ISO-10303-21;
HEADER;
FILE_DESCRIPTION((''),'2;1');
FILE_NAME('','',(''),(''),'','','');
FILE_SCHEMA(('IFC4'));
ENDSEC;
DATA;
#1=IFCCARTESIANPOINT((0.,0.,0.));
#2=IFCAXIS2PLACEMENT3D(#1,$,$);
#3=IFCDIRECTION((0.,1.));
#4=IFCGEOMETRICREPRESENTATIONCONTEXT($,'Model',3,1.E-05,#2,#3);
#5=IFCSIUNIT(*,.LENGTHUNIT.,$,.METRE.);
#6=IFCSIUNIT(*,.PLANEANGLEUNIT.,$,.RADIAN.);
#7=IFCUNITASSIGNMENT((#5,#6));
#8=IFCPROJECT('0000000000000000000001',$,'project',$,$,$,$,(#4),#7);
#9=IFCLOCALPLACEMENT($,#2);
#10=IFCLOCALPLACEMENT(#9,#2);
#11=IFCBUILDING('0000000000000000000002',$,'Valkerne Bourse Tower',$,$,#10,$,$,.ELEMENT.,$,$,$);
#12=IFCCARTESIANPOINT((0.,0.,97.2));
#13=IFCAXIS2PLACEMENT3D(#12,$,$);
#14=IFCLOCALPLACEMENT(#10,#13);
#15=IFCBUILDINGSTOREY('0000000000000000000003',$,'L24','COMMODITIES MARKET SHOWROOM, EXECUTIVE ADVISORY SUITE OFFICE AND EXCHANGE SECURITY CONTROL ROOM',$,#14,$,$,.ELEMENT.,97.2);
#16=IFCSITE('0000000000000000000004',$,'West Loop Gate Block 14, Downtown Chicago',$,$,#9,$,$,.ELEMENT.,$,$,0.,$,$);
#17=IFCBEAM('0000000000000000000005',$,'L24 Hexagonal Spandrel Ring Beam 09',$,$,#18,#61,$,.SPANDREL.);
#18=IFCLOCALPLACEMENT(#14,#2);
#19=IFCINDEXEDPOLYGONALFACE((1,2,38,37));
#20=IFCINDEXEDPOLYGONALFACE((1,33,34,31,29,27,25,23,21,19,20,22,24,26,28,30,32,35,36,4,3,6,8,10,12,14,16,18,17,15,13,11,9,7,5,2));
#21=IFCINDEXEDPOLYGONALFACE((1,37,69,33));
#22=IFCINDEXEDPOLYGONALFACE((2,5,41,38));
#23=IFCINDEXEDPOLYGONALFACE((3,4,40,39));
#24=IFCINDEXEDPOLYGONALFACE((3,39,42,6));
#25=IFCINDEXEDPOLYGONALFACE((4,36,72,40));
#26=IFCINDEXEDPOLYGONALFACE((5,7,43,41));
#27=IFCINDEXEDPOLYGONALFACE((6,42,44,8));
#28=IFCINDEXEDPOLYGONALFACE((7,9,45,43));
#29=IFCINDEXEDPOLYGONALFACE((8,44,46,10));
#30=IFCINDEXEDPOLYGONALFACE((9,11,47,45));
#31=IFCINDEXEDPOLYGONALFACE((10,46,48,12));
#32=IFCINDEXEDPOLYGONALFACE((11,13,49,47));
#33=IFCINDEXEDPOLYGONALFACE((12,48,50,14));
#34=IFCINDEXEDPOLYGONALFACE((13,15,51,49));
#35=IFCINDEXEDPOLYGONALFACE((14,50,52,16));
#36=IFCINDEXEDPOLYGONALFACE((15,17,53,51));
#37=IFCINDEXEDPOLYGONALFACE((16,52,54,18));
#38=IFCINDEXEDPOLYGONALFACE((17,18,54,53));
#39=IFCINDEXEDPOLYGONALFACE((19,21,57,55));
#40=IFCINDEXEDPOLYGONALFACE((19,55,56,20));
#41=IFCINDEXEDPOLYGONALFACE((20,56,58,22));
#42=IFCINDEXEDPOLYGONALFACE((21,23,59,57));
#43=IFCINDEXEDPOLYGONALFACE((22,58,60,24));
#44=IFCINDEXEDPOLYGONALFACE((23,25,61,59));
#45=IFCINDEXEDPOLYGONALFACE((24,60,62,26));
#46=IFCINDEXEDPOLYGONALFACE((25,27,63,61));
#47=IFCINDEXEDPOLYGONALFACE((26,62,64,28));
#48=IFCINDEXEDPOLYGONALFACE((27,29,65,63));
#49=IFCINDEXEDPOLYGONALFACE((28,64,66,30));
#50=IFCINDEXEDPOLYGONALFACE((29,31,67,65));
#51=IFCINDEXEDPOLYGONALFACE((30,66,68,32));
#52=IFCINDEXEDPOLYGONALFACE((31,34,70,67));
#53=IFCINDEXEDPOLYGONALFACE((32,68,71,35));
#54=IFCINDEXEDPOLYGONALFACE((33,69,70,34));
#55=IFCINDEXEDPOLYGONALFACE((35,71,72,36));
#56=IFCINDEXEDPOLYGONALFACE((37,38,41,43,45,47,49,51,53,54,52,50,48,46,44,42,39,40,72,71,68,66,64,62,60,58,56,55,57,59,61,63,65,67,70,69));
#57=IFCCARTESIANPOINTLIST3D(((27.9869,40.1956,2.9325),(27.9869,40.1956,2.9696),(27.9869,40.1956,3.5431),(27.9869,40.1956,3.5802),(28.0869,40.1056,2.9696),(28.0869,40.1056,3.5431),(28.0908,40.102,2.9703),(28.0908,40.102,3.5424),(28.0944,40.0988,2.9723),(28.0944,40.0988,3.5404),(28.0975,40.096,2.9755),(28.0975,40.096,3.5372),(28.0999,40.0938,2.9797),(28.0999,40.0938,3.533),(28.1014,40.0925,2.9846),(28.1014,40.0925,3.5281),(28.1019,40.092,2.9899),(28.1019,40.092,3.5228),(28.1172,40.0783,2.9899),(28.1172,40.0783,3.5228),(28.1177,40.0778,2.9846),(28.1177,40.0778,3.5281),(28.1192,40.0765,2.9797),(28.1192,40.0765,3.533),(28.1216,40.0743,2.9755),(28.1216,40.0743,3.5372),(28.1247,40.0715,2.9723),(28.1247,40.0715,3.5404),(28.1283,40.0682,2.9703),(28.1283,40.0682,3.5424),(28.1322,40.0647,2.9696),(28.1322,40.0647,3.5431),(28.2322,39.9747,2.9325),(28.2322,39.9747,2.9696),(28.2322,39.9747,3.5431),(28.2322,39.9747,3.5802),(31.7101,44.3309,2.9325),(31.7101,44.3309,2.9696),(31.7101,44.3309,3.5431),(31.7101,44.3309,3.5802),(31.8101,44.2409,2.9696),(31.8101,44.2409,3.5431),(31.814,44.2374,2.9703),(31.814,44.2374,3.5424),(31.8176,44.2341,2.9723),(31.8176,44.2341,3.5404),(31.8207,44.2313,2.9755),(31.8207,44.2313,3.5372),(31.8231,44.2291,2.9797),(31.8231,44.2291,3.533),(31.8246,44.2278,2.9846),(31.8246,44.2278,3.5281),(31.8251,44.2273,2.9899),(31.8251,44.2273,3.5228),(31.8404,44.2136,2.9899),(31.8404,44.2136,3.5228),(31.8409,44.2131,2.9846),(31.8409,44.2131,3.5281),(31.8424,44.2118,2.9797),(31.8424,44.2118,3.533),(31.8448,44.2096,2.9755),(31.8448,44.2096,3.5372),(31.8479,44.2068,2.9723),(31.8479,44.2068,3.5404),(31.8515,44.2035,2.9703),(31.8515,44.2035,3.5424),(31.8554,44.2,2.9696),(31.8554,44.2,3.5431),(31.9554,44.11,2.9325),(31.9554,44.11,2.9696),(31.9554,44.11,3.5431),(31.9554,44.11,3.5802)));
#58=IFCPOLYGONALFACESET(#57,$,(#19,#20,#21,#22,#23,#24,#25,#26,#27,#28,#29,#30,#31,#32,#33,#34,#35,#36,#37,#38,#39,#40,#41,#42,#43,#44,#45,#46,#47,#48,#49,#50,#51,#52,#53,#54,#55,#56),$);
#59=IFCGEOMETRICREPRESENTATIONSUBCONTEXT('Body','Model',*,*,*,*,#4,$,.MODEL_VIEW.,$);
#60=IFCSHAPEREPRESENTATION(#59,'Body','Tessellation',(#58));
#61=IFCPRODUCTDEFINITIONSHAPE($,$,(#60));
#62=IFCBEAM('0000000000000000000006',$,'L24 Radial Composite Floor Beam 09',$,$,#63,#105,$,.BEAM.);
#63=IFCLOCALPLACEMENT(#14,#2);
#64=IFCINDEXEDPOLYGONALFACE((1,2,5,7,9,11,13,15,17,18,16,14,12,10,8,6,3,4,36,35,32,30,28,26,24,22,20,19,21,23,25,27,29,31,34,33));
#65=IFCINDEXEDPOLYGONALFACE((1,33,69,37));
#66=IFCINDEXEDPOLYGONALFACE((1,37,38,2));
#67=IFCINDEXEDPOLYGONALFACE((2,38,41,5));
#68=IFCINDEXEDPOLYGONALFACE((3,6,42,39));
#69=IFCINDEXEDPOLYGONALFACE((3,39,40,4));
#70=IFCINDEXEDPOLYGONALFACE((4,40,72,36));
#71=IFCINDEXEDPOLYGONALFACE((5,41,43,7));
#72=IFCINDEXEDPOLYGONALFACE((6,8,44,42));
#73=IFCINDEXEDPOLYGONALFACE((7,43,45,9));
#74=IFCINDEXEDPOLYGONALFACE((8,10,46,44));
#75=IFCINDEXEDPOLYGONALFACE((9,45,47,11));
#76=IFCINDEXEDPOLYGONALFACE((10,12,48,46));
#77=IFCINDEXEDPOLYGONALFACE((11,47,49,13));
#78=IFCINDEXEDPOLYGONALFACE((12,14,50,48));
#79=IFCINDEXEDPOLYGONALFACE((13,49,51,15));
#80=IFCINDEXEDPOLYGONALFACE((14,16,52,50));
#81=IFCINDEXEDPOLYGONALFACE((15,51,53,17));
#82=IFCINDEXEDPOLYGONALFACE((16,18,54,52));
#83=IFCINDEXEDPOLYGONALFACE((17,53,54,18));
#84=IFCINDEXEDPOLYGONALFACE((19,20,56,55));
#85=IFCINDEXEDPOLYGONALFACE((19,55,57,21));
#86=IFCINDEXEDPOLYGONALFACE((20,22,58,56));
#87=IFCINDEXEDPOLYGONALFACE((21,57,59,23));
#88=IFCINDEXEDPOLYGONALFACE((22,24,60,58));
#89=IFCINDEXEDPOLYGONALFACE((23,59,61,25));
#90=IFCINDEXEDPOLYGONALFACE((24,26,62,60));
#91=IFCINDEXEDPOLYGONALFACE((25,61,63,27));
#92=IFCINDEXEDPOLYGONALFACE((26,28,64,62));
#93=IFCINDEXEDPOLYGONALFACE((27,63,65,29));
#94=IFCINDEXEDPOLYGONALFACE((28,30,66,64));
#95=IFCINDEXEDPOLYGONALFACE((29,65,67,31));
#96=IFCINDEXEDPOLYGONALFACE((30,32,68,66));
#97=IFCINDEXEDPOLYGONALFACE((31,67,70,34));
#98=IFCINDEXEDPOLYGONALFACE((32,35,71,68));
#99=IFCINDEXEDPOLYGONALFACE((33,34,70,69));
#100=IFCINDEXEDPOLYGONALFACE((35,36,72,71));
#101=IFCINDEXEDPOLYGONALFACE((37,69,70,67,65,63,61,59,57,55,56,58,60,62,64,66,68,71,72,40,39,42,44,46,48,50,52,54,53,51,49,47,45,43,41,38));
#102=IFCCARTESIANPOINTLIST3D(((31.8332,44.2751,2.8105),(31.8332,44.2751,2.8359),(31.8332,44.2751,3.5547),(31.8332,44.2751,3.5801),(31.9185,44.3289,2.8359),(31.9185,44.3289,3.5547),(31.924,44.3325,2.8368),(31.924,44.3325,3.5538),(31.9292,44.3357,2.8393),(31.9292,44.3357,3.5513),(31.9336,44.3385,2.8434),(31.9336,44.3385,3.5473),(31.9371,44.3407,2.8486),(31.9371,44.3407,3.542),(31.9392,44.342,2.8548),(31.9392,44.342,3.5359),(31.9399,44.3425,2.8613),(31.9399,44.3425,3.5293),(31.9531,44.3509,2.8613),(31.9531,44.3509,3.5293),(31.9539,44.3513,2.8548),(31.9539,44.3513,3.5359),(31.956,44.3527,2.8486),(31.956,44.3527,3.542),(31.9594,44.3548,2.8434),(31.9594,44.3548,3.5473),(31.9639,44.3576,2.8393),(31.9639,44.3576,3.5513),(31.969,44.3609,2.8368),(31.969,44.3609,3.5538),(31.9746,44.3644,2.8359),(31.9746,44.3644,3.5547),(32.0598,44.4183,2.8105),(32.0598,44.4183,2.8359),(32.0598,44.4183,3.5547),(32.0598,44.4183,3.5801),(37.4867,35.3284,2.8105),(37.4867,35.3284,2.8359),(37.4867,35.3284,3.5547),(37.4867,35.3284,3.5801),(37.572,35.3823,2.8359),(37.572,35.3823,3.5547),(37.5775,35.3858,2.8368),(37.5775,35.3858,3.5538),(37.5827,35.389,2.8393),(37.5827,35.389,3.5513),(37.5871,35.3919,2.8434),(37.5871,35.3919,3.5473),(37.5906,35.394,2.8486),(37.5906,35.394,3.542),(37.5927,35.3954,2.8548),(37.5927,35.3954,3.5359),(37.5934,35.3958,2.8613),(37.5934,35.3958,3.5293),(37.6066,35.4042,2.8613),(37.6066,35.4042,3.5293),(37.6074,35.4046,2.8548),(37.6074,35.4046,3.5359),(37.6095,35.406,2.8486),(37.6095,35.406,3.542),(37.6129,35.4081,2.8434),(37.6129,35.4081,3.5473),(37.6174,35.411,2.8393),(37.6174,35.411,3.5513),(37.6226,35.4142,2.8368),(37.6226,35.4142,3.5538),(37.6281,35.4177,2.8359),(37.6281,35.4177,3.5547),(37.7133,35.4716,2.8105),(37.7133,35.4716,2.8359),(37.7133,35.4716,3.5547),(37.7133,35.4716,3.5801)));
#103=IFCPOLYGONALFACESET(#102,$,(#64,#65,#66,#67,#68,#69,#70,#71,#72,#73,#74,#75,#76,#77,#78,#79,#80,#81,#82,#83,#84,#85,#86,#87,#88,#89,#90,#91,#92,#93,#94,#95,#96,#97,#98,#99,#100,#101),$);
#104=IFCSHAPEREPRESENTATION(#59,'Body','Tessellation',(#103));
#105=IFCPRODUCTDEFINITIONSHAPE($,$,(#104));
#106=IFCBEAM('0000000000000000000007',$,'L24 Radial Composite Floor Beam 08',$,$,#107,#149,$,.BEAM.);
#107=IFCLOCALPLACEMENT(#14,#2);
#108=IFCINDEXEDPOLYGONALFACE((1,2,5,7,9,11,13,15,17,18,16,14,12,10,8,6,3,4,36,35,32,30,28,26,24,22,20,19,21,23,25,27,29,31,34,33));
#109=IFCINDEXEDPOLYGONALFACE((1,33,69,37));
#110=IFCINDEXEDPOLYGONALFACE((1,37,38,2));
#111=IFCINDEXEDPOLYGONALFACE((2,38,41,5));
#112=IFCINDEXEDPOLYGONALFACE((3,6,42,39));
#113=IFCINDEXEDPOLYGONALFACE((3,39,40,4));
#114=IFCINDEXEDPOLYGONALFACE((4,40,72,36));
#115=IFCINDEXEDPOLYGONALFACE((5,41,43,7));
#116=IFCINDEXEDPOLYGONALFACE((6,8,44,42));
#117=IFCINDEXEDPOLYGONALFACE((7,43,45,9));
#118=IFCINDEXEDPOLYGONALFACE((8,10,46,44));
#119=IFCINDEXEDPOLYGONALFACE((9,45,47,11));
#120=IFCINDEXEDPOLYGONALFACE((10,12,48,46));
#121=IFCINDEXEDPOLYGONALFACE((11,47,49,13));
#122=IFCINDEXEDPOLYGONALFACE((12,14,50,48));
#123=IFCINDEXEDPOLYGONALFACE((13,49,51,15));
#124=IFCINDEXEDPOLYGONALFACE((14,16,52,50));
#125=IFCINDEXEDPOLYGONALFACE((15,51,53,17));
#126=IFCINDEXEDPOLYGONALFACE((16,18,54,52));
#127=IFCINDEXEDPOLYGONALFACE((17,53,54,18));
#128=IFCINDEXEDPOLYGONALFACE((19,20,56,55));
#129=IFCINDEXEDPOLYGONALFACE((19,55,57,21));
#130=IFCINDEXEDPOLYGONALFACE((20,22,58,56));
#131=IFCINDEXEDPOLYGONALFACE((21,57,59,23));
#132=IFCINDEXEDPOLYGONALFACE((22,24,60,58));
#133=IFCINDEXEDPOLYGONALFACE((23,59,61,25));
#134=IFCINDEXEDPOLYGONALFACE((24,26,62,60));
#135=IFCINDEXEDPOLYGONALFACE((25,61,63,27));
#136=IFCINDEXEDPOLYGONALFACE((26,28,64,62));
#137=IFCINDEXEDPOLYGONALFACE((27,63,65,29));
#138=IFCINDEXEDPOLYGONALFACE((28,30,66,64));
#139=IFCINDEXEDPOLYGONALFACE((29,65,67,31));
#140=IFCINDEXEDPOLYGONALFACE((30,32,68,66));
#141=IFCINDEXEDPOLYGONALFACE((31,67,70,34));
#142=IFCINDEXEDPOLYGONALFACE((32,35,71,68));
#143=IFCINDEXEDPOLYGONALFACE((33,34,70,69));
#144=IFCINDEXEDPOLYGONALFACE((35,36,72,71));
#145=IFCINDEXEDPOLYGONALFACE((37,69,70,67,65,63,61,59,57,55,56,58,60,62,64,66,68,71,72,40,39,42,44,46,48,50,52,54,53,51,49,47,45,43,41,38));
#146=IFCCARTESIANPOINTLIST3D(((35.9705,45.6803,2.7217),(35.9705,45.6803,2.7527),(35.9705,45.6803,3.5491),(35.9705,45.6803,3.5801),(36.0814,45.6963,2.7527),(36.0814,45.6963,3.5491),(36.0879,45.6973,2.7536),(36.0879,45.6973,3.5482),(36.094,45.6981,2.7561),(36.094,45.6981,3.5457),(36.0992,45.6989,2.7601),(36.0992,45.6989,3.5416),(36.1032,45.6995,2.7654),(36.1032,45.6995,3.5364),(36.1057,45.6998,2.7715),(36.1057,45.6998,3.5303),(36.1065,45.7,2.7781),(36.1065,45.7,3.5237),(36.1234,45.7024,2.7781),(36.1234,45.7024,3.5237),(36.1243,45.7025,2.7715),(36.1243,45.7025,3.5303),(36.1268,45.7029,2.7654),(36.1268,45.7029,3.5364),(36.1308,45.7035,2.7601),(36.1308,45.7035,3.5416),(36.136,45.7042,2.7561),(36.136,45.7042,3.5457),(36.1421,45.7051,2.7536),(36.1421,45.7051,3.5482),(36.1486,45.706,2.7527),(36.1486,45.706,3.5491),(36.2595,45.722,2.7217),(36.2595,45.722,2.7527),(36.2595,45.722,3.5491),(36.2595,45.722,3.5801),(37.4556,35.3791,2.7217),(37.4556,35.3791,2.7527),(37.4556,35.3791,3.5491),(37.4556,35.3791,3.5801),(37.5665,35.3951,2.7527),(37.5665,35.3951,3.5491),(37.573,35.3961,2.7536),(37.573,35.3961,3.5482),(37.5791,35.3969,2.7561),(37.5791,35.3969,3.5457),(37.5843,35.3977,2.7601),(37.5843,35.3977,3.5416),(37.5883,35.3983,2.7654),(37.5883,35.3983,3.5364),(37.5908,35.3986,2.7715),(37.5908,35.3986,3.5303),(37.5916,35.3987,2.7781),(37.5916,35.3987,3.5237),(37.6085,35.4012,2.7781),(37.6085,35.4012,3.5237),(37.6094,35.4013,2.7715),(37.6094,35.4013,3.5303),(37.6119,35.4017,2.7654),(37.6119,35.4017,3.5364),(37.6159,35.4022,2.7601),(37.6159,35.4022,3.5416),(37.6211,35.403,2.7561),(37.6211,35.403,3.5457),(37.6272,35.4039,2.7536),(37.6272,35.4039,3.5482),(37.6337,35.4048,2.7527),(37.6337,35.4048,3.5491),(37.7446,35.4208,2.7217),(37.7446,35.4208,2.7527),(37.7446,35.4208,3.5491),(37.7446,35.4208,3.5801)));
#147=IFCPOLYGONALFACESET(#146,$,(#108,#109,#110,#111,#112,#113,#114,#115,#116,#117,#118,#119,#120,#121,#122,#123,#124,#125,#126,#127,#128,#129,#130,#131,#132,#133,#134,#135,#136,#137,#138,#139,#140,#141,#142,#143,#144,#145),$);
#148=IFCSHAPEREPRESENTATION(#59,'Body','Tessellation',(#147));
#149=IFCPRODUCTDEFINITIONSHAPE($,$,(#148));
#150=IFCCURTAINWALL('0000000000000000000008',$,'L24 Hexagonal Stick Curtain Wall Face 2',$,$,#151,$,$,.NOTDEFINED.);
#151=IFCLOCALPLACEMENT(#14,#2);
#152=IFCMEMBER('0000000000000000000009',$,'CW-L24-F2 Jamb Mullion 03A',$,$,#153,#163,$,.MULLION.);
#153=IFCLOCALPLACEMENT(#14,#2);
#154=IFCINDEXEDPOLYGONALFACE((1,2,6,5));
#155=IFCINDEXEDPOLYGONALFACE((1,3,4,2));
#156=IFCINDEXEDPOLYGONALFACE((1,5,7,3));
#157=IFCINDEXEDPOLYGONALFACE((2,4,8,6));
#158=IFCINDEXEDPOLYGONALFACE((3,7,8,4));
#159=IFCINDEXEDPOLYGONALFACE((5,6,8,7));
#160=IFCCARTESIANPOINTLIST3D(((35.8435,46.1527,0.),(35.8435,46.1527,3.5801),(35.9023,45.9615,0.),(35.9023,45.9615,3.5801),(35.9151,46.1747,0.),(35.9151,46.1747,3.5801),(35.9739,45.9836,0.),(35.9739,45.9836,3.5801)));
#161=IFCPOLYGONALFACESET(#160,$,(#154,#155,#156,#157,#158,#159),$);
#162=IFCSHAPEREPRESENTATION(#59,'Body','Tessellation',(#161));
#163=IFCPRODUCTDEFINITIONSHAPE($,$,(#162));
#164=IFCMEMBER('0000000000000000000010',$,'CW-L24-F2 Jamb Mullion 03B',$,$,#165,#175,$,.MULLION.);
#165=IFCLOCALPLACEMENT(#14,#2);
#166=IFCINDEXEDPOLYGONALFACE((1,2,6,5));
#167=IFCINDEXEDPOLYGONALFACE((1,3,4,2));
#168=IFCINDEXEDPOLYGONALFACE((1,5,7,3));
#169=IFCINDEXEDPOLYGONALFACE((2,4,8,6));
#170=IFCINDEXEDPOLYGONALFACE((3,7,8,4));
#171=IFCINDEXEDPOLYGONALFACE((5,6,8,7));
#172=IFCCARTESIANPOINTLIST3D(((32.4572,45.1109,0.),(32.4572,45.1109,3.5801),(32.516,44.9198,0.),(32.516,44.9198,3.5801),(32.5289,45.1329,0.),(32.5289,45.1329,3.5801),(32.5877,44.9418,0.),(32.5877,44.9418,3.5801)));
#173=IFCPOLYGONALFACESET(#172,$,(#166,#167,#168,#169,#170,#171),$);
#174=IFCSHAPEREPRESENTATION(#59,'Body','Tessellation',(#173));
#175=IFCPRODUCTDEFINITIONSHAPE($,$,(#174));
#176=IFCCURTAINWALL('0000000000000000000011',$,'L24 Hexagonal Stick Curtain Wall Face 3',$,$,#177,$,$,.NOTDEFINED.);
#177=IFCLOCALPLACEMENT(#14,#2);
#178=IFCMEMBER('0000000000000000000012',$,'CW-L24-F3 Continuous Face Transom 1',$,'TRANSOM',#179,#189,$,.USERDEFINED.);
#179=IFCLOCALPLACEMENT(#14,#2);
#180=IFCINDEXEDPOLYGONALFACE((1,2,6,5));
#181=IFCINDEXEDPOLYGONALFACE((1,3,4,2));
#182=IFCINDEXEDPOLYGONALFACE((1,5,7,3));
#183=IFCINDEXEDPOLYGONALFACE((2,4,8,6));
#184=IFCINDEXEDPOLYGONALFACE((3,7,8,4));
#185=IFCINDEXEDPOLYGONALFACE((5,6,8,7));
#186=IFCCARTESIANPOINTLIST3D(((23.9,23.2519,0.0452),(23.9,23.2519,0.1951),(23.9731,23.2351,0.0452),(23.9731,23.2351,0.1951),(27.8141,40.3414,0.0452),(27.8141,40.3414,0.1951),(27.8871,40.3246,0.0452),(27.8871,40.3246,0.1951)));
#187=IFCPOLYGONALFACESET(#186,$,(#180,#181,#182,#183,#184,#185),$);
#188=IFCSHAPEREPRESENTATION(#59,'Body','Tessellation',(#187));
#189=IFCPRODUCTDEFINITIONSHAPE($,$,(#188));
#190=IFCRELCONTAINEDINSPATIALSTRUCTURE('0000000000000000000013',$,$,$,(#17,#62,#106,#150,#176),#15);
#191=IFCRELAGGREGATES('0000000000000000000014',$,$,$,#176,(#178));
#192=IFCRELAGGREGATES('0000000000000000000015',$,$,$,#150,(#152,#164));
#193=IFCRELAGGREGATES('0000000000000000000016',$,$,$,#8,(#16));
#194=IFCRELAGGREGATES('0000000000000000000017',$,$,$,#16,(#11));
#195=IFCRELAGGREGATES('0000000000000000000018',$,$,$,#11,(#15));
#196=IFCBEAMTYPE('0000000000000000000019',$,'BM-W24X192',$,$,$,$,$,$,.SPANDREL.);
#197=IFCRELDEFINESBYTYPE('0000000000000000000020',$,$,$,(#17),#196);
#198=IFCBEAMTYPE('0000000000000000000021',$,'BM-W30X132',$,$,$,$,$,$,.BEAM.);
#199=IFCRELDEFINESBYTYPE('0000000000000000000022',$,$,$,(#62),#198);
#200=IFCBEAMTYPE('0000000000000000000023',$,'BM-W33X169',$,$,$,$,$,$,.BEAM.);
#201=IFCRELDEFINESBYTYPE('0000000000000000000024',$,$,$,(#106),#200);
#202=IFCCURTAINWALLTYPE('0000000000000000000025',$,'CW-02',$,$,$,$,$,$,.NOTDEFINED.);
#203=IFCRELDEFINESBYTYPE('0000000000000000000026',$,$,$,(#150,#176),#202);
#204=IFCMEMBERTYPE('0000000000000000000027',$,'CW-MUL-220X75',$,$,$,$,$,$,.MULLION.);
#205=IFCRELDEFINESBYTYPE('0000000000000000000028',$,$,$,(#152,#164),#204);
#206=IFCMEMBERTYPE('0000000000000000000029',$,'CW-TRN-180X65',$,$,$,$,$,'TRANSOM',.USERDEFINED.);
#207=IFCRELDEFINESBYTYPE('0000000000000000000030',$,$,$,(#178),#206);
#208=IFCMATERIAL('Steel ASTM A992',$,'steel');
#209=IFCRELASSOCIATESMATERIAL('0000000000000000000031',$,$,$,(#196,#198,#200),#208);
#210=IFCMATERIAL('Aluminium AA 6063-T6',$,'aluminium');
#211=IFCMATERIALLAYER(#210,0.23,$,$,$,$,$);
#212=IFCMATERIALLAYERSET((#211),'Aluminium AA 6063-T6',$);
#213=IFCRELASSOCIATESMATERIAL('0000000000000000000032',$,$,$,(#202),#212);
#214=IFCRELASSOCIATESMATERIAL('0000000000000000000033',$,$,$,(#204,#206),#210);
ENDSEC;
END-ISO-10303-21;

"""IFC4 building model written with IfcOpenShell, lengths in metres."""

from ifc_helpers import new_model, si_unit, direction, frame, origin, origin_2d, place, context, subcontext, project, spatial, rectangle, i_section, extrude, material, layer, layer_set, material_profile, profile_set, type_object, element, aggregate, save


model = new_model("IFC4")

# Units and contexts
model_context = context("Model", 3, precision=1e-05, world=origin(), true_north=direction((0.0, 1.0)))
body_context = subcontext(model_context, "Body", "Model", "MODEL_VIEW")
ifc_project = project(units=[si_unit("LENGTHUNIT", "METRE"), si_unit("PLANEANGLEUNIT", "RADIAN")], contexts=[model_context])

# Site, building, storey
site_placement = place(None, origin())
site = spatial("IfcSite", under=ifc_project, at=site_placement, Name="West Loop Gate Block 14, Downtown Chicago", CompositionType="ELEMENT", RefElevation=0.0)
building_placement = place(site_placement, origin())
building = spatial("IfcBuilding", under=site, at=building_placement, Name="Valkerne Bourse Tower", CompositionType="ELEMENT")
storey_placement = place(building_placement, frame((0.0, 0.0, 97.2)))
storey = spatial("IfcBuildingStorey", under=building, at=storey_placement, Name="L24", Description="COMMODITIES MARKET SHOWROOM, EXECUTIVE ADVISORY SUITE OFFICE AND EXCHANGE SECURITY CONTROL ROOM", CompositionType="ELEMENT", Elevation=97.2)

# Beams
ifc_material_1 = material(Name="Steel ASTM A992", Category="steel")
ifc_material_profile_1 = material_profile(ifc_material_1, i_section(OverallWidth=0.3301, OverallDepth=0.6477, WebThickness=0.0205, FlangeThickness=0.0371, FilletRadius=0.0203, at=origin_2d()), Name="W24X192")
ifc_profile_set_1 = profile_set([ifc_material_profile_1], Name="Steel ASTM A992")
beam_type_1 = type_object("IfcBeamType", Name="BM-W24X192", PredefinedType="SPANDREL", material=ifc_profile_set_1)
beam_1_placement = place(storey_placement, frame((31.8328, 44.2205, 3.2563), z_axis=(-0.669105, -0.743168, 0.0), x_axis=(0.743168, -0.669105, 0.0)))
element("IfcBeam", 1, at=beam_1_placement, inside=storey, type_object=beam_type_1, Name="L24 Hexagonal Spandrel Ring Beam 09", PredefinedType="SPANDREL", context=body_context, shape_type="SweptSolid", body=[
    extrude(i_section(OverallWidth=0.3301, OverallDepth=0.6477, WebThickness=0.0205, FlangeThickness=0.0371, FilletRadius=0.0203, at=origin_2d()), origin(), (0.0, 0.0, 1.0), 5.5645),
])
ifc_material_profile_2 = material_profile(ifc_material_1, i_section(OverallWidth=0.2681, OverallDepth=0.7695, WebThickness=0.0156, FlangeThickness=0.0254, FilletRadius=0.0254, at=origin_2d()), Name="W30X132")
ifc_profile_set_2 = profile_set([ifc_material_profile_2], Name="Steel ASTM A992")
beam_type_2 = type_object("IfcBeamType", Name="BM-W30X132", PredefinedType="BEAM", material=ifc_profile_set_2)
beam_2_placement = place(storey_placement, frame((31.9465, 44.3467, 3.1953), z_axis=(0.534193, -0.845362, 0.0), x_axis=(0.845362, 0.534193, 0.0)))
element("IfcBeam", 2, at=beam_2_placement, inside=storey, type_object=beam_type_2, Name="L24 Radial Composite Floor Beam 09", PredefinedType="BEAM", context=body_context, shape_type="SweptSolid", body=[
    extrude(i_section(OverallWidth=0.2681, OverallDepth=0.7695, WebThickness=0.0156, FlangeThickness=0.0254, FilletRadius=0.0254, at=origin_2d()), origin(), (0.0, 0.0, 1.0), 10.5833),
])
ifc_material_profile_3 = material_profile(ifc_material_1, i_section(OverallWidth=0.292, OverallDepth=0.8584, WebThickness=0.0171, FlangeThickness=0.031, FilletRadius=0.0254, at=origin_2d()), Name="W33X169")
ifc_profile_set_3 = profile_set([ifc_material_profile_3], Name="Steel ASTM A992")
beam_type_3 = type_object("IfcBeamType", Name="BM-W33X169", PredefinedType="BEAM", material=ifc_profile_set_3)
beam_3_placement = place(storey_placement, frame((36.115, 45.7012, 3.1509), z_axis=(0.142692, -0.989767, 0.0), x_axis=(0.989767, 0.142692, 0.0)))
element("IfcBeam", 3, at=beam_3_placement, inside=storey, type_object=beam_type_3, Name="L24 Radial Composite Floor Beam 08", PredefinedType="BEAM", context=body_context, shape_type="SweptSolid", body=[
    extrude(i_section(OverallWidth=0.292, OverallDepth=0.8584, WebThickness=0.0171, FlangeThickness=0.031, FilletRadius=0.0254, at=origin_2d()), origin(), (0.0, 0.0, 1.0), 10.4077),
])

# Curtain walls, members
ifc_material_2 = material(Name="Aluminium AA 6063-T6", Category="aluminium")
ifc_layer_1 = layer(ifc_material_2, 0.23)
ifc_layer_set_1 = layer_set([ifc_layer_1], Name="Aluminium AA 6063-T6")
curtain_wall_type = type_object("IfcCurtainWallType", Name="CW-02", PredefinedType="NOTDEFINED", material=ifc_layer_set_1)
curtain_wall_1_placement = place(storey_placement, origin())
curtain_wall_1 = element("IfcCurtainWall", 4, at=curtain_wall_1_placement, inside=storey, type_object=curtain_wall_type, Name="L24 Hexagonal Stick Curtain Wall Face 2", PredefinedType="NOTDEFINED")
ifc_material_profile_4 = material_profile(ifc_material_2, rectangle(XDim=0.075, YDim=0.2, at=origin_2d()), Name="CWM-75X200")
ifc_profile_set_4 = profile_set([ifc_material_profile_4], Name="Aluminium AA 6063-T6")
member_type_1 = type_object("IfcMemberType", Name="CW-MUL-220X75", PredefinedType="MULLION", material=ifc_profile_set_4)
member_1_placement = place(storey_placement, frame((35.9087, 46.0681, 0.0), z_axis=(0.0, 0.0, 1.0), x_axis=(-0.955791, -0.294047, 0.0)))
member_1 = element("IfcMember", 5, at=member_1_placement, type_object=member_type_1, Name="CW-L24-F2 Jamb Mullion 03A", PredefinedType="MULLION", context=body_context, shape_type="SweptSolid", body=[
    extrude(rectangle(XDim=0.075, YDim=0.2, at=origin_2d()), origin(), (0.0, 0.0, 1.0), 3.5801),
])
member_2_placement = place(storey_placement, frame((32.5225, 45.0264, 0.0), z_axis=(0.0, 0.0, 1.0), x_axis=(-0.955791, -0.294047, 0.0)))
member_2 = element("IfcMember", 6, at=member_2_placement, type_object=member_type_1, Name="CW-L24-F2 Jamb Mullion 03B", PredefinedType="MULLION", context=body_context, shape_type="SweptSolid", body=[
    extrude(rectangle(XDim=0.075, YDim=0.2, at=origin_2d()), origin(), (0.0, 0.0, 1.0), 3.5801),
])
curtain_wall_2_placement = place(storey_placement, origin())
curtain_wall_2 = element("IfcCurtainWall", 7, at=curtain_wall_2_placement, inside=storey, type_object=curtain_wall_type, Name="L24 Hexagonal Stick Curtain Wall Face 3", PredefinedType="NOTDEFINED")
ifc_material_profile_5 = material_profile(ifc_material_2, rectangle(XDim=0.075, YDim=0.1499, at=origin_2d()), Name="CWT-75X150")
ifc_profile_set_5 = profile_set([ifc_material_profile_5], Name="Aluminium AA 6063-T6")
member_type_2 = type_object("IfcMemberType", Name="CW-TRN-180X65", ElementType="TRANSOM", PredefinedType="USERDEFINED", material=ifc_profile_set_5)
member_3_placement = place(storey_placement, frame((27.8506, 40.333, 0.1201), z_axis=(-0.223251, -0.974761, 0.0), x_axis=(0.974761, -0.223251, 0.0)))
member_3 = element("IfcMember", 8, at=member_3_placement, type_object=member_type_2, Name="CW-L24-F3 Continuous Face Transom 1", ObjectType="TRANSOM", PredefinedType="USERDEFINED", context=body_context, shape_type="SweptSolid", body=[
    extrude(rectangle(XDim=0.075, YDim=0.1499, at=origin_2d()), origin(), (0.0, 0.0, 1.0), 17.532),
])
aggregate(curtain_wall_2, [member_3])

aggregate(curtain_wall_1, [member_1, member_2])

save(model, "model.ifc")
